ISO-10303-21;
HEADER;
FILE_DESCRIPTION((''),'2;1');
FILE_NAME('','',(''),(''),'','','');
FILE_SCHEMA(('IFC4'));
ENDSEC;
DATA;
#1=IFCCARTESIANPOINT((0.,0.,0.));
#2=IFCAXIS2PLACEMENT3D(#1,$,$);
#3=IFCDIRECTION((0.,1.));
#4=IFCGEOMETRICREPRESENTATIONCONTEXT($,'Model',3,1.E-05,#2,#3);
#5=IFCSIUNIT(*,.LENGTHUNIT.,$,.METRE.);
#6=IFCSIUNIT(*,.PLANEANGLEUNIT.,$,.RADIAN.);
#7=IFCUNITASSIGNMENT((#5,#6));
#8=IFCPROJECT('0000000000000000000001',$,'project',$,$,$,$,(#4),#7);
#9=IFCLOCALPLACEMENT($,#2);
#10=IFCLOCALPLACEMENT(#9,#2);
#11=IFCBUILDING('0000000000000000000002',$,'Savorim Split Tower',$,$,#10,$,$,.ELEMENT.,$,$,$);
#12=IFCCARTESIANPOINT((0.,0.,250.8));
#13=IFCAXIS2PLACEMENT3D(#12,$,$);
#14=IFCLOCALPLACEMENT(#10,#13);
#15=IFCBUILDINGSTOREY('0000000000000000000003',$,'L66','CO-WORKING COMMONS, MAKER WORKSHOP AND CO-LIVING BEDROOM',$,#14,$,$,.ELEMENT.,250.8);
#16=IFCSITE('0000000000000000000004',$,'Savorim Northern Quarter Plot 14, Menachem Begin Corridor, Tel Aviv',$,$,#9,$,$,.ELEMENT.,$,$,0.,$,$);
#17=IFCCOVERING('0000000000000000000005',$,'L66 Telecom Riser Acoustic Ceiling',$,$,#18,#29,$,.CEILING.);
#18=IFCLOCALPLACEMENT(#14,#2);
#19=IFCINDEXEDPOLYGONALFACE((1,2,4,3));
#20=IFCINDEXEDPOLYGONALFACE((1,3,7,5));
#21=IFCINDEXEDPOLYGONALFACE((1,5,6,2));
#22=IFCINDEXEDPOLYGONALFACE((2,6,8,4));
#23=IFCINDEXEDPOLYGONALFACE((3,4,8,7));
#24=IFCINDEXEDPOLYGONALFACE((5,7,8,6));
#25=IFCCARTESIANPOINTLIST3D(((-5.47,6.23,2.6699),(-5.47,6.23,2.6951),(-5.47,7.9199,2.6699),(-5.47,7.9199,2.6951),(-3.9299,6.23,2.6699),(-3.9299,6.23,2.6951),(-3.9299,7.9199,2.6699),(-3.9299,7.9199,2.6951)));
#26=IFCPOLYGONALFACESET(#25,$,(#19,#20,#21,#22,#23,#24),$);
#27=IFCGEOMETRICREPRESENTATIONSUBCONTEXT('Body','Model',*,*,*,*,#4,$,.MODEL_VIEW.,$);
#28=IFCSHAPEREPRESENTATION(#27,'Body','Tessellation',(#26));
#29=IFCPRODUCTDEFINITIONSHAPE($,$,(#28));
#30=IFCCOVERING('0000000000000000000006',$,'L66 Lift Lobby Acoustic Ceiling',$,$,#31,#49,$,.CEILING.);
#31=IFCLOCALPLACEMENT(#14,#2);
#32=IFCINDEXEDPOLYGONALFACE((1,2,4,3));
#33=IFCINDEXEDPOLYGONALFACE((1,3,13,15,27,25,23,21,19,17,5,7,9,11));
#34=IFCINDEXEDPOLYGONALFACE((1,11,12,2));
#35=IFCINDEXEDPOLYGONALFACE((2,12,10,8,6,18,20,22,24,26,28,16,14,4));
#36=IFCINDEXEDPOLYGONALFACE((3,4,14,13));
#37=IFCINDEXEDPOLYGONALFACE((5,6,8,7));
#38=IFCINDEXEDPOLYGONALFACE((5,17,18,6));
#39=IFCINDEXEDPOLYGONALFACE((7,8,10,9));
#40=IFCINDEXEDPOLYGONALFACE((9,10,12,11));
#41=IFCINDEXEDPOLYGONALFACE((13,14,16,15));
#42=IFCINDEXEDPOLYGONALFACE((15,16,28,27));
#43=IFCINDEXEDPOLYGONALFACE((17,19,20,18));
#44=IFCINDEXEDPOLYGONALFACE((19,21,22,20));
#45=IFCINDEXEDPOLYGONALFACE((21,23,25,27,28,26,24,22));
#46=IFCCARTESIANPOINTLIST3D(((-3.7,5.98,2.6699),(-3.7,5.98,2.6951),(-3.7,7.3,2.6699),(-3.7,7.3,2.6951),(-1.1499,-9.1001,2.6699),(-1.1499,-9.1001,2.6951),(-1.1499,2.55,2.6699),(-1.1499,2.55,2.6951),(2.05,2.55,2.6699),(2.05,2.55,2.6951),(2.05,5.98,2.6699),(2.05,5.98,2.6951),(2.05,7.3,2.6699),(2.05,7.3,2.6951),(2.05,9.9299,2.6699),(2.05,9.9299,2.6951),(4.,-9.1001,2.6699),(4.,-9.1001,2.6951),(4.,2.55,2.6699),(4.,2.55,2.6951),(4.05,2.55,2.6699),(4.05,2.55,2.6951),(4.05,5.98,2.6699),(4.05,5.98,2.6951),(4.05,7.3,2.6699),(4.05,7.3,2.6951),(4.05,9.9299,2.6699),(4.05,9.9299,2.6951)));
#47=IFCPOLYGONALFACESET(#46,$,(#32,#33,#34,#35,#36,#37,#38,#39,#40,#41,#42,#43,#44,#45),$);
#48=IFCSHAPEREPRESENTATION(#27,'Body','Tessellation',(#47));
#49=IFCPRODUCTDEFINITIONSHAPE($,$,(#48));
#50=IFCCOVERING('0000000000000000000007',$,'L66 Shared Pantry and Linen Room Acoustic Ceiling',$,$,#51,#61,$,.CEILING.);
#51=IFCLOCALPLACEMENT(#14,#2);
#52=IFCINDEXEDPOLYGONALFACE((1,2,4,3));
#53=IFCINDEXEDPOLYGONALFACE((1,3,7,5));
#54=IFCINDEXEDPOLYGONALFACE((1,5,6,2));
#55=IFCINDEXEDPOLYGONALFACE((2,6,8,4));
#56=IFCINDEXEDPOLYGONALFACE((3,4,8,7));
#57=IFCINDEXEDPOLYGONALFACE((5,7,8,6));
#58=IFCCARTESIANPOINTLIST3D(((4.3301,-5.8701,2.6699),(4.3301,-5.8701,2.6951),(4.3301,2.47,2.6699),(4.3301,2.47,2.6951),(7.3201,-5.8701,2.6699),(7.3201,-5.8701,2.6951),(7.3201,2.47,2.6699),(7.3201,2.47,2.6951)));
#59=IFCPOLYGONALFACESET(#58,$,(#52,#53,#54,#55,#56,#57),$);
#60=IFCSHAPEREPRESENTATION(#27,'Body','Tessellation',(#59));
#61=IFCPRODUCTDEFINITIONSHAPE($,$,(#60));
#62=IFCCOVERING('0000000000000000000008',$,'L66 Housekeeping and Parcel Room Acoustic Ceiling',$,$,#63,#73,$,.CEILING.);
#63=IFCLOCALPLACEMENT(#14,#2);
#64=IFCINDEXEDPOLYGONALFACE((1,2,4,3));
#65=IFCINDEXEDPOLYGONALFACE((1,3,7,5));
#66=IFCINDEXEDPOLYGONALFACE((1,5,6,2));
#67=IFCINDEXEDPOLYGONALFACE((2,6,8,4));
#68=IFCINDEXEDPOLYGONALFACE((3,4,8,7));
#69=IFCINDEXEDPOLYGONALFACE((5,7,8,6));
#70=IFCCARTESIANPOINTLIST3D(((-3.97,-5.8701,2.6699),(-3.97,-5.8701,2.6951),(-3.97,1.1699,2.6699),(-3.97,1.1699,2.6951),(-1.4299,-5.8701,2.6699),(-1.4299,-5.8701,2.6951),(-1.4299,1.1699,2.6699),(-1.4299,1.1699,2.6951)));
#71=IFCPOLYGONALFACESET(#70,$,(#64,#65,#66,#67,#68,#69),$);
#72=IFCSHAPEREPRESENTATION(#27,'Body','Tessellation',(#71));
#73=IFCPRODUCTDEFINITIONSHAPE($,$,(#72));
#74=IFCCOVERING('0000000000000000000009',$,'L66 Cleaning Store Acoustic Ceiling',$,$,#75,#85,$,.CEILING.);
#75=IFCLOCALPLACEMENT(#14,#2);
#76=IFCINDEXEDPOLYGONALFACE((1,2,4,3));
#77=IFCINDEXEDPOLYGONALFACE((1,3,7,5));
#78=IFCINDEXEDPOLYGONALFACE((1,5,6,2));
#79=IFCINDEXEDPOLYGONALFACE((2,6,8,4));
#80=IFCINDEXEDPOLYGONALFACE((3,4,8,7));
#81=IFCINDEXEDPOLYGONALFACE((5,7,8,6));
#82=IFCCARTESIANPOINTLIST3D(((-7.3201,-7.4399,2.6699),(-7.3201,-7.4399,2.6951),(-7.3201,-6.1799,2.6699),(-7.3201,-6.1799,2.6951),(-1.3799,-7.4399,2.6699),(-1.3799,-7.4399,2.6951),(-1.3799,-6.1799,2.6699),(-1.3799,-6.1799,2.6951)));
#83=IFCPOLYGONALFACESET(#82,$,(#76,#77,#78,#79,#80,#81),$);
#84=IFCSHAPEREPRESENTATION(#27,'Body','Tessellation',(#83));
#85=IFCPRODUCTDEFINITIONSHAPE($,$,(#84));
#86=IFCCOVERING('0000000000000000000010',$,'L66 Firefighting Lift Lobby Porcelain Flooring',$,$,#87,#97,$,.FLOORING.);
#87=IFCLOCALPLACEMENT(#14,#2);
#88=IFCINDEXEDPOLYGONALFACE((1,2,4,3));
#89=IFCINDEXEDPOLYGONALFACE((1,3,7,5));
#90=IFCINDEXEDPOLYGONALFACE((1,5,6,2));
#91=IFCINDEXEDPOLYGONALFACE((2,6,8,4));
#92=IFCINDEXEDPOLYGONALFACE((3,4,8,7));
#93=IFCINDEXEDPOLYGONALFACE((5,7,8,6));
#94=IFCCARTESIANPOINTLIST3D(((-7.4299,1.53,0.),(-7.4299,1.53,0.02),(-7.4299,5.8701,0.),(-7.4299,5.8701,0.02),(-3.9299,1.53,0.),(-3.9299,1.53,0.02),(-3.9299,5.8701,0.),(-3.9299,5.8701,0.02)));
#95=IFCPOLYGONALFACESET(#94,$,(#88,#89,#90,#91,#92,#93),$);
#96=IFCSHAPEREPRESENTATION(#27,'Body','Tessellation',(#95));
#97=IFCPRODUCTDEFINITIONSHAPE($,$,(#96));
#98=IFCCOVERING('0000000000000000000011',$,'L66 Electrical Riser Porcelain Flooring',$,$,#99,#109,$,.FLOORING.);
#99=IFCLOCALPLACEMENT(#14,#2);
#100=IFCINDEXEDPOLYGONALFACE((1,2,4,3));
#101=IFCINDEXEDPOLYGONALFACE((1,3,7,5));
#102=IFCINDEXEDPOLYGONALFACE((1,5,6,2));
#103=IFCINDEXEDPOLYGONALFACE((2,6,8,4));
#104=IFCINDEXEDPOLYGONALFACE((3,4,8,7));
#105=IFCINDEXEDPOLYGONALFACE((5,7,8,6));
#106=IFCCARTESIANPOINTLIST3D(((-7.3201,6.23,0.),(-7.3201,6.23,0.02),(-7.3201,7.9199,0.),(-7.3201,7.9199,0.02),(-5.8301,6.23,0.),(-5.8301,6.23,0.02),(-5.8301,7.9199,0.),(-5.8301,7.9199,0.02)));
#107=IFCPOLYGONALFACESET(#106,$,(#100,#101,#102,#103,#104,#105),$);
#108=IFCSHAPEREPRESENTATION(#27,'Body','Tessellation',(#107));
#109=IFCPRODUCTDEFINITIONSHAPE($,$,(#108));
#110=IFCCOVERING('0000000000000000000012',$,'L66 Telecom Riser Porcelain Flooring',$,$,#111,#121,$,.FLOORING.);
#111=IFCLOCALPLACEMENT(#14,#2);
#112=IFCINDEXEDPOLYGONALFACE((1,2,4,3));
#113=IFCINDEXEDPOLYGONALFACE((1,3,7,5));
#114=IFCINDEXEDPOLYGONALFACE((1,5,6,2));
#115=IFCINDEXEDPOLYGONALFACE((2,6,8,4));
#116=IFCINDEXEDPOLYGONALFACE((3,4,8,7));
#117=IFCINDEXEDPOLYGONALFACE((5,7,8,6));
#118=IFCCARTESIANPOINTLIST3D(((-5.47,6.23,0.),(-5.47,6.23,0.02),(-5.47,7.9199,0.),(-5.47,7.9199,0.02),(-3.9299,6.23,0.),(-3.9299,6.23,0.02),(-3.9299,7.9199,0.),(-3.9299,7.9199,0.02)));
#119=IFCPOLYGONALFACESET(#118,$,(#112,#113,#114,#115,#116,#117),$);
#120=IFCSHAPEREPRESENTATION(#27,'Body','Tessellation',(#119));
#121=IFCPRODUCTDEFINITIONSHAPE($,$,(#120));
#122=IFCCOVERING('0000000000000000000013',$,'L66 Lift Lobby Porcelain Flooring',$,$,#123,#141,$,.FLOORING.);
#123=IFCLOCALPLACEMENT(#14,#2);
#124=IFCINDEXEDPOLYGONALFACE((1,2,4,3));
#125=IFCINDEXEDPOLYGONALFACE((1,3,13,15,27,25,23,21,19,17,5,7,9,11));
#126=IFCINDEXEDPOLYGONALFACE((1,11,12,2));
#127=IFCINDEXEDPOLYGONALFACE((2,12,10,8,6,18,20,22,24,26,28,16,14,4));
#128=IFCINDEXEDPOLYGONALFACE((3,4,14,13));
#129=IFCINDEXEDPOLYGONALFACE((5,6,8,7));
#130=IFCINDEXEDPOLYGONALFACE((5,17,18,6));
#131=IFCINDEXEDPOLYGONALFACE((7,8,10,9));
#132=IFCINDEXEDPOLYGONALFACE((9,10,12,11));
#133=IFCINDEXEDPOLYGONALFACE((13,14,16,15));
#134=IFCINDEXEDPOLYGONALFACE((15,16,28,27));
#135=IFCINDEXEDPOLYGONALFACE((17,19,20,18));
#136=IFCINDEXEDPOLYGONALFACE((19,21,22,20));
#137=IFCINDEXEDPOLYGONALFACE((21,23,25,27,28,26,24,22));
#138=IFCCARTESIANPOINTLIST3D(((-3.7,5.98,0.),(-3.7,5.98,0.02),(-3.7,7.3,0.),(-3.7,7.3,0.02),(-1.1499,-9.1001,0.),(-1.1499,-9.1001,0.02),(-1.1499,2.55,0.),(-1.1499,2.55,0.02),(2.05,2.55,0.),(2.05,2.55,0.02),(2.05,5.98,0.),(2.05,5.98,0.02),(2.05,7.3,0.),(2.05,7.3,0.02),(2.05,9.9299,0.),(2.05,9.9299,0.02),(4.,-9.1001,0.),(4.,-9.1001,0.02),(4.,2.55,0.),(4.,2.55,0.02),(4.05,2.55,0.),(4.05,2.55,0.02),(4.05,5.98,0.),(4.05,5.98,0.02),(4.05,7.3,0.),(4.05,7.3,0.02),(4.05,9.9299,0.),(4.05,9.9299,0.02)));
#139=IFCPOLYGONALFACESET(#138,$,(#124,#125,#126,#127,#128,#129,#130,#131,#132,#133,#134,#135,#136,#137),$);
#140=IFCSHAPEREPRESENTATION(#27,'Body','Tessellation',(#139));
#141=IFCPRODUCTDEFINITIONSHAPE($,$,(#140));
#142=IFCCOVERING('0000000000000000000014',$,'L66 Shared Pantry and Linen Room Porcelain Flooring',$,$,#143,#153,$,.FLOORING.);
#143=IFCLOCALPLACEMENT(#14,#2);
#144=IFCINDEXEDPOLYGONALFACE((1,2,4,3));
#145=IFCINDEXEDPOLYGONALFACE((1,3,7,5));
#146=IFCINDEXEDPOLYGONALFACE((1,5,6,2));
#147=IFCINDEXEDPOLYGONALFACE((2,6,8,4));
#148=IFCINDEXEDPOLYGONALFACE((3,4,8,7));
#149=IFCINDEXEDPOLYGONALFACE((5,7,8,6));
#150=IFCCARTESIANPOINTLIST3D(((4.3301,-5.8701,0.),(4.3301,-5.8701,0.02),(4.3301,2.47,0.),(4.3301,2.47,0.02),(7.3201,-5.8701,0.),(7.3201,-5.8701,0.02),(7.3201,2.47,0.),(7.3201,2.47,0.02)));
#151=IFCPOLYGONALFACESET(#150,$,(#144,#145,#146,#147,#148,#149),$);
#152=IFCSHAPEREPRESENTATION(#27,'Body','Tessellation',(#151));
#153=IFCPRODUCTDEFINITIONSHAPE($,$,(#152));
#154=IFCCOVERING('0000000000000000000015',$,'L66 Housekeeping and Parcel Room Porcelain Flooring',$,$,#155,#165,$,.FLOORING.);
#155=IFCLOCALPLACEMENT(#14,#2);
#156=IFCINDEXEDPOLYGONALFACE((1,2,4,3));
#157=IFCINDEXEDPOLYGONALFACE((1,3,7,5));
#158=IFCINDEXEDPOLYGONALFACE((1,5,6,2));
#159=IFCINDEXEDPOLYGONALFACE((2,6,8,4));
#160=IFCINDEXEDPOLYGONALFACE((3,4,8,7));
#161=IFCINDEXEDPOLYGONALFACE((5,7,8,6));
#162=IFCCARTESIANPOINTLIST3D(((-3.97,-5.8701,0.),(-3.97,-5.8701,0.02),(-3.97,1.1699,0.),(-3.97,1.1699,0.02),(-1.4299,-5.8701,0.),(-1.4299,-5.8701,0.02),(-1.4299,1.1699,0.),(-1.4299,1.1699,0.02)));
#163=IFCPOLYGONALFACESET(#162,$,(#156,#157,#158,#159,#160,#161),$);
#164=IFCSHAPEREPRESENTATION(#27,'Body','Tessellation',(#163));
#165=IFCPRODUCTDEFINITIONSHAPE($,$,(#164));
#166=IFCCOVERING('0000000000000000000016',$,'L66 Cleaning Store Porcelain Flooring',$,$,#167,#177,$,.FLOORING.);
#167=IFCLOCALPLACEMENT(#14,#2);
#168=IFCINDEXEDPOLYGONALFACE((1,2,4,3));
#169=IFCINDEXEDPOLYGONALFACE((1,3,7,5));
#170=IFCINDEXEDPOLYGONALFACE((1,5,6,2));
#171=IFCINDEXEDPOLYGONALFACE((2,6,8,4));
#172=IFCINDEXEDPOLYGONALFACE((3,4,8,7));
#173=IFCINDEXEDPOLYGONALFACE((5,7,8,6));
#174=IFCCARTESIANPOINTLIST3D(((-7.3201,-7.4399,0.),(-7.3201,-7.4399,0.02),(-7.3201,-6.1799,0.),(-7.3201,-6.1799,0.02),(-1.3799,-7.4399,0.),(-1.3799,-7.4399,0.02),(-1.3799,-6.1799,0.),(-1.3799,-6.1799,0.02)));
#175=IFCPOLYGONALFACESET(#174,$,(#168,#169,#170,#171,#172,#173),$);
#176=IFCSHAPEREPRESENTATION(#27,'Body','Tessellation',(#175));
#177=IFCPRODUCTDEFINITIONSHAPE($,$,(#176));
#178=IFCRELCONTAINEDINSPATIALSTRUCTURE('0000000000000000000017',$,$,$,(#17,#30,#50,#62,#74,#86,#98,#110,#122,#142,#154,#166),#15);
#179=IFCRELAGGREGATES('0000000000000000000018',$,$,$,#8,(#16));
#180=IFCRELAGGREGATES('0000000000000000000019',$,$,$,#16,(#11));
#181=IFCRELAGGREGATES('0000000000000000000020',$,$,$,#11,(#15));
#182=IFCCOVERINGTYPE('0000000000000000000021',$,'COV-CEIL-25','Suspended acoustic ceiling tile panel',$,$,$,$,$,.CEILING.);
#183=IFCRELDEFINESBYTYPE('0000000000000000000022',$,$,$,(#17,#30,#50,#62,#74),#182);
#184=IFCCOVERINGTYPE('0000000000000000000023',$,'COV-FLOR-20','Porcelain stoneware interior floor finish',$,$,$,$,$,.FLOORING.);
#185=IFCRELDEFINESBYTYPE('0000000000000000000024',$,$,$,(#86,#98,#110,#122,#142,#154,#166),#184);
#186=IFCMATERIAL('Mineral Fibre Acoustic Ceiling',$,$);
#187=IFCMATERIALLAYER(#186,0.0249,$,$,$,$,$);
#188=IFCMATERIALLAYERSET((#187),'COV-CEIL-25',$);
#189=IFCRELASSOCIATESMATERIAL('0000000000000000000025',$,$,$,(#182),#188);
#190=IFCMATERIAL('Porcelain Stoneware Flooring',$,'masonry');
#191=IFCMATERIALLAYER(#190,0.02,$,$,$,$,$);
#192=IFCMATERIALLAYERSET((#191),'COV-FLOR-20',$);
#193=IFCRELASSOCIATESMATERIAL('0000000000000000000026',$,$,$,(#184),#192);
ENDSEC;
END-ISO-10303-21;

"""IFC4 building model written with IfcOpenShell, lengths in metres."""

from ifc_helpers import new_model, si_unit, direction, frame, origin, place, context, subcontext, project, spatial, polyline, outline, extrude, material, layer, layer_set, type_object, element, save


model = new_model("IFC4")

# Units and contexts
model_context = context("Model", 3, precision=1e-05, world=origin(), true_north=direction((0.0, 1.0)))
body_context = subcontext(model_context, "Body", "Model", "MODEL_VIEW")
ifc_project = project(units=[si_unit("LENGTHUNIT", "METRE"), si_unit("PLANEANGLEUNIT", "RADIAN")], contexts=[model_context])

# Site, building, storey
site_placement = place(None, origin())
site = spatial("IfcSite", under=ifc_project, at=site_placement, Name="Savorim Northern Quarter Plot 14, Menachem Begin Corridor, Tel Aviv", CompositionType="ELEMENT", RefElevation=0.0)
building_placement = place(site_placement, origin())
building = spatial("IfcBuilding", under=site, at=building_placement, Name="Savorim Split Tower", CompositionType="ELEMENT")
storey_placement = place(building_placement, frame((0.0, 0.0, 250.8)))
storey = spatial("IfcBuildingStorey", under=building, at=storey_placement, Name="L66", Description="CO-WORKING COMMONS, MAKER WORKSHOP AND CO-LIVING BEDROOM", CompositionType="ELEMENT", Elevation=250.8)

# Coverings
ifc_material_1 = material(Name="Mineral Fibre Acoustic Ceiling")
ifc_layer_1 = layer(ifc_material_1, 0.0249)
ifc_layer_set_1 = layer_set([ifc_layer_1], Name="COV-CEIL-25")
covering_type_1 = type_object("IfcCoveringType", Name="COV-CEIL-25", Description="Suspended acoustic ceiling tile panel", PredefinedType="CEILING", material=ifc_layer_set_1)
covering_1_placement = place(storey_placement, frame((0.0, 0.0, 2.6699)))
element("IfcCovering", 1, at=covering_1_placement, inside=storey, type_object=covering_type_1, Name="L66 Telecom Riser Acoustic Ceiling", PredefinedType="CEILING", context=body_context, shape_type="SweptSolid", body=[
    extrude(outline(polyline([(-5.47, 7.9199), (-5.47, 6.23), (-3.9299, 6.23), (-3.9299, 7.9199), (-5.47, 7.9199)])), origin(), (0.0, 0.0, 1.0), 0.0251),
])
covering_2_placement = place(storey_placement, frame((0.0, 0.0, 2.6699)))
element("IfcCovering", 2, at=covering_2_placement, inside=storey, type_object=covering_type_1, Name="L66 Lift Lobby Acoustic Ceiling", PredefinedType="CEILING", context=body_context, shape_type="SweptSolid", body=[
    extrude(outline(polyline([(2.05, 2.55), (-1.1499, 2.55), (-1.1499, -9.1001), (4.0, -9.1001), (4.0, 2.55), (4.05, 2.55), (4.05, 5.98), (4.05, 7.3), (4.05, 9.9299), (2.05, 9.9299), (2.05, 7.3), (-3.7, 7.3), (-3.7, 5.98), (2.05, 5.98), (2.05, 2.55)])), origin(), (0.0, 0.0, 1.0), 0.0251),
])
covering_3_placement = place(storey_placement, frame((0.0, 0.0, 2.6699)))
element("IfcCovering", 3, at=covering_3_placement, inside=storey, type_object=covering_type_1, Name="L66 Shared Pantry and Linen Room Acoustic Ceiling", PredefinedType="CEILING", context=body_context, shape_type="SweptSolid", body=[
    extrude(outline(polyline([(4.3301, 2.47), (4.3301, -5.8701), (7.3201, -5.8701), (7.3201, 2.47), (4.3301, 2.47)])), origin(), (0.0, 0.0, 1.0), 0.0251),
])
covering_4_placement = place(storey_placement, frame((0.0, 0.0, 2.6699)))
element("IfcCovering", 4, at=covering_4_placement, inside=storey, type_object=covering_type_1, Name="L66 Housekeeping and Parcel Room Acoustic Ceiling", PredefinedType="CEILING", context=body_context, shape_type="SweptSolid", body=[
    extrude(outline(polyline([(-3.97, 1.1699), (-3.97, -5.8701), (-1.4299, -5.8701), (-1.4299, 1.1699), (-3.97, 1.1699)])), origin(), (0.0, 0.0, 1.0), 0.0251),
])
covering_5_placement = place(storey_placement, frame((0.0, 0.0, 2.6699)))
element("IfcCovering", 5, at=covering_5_placement, inside=storey, type_object=covering_type_1, Name="L66 Cleaning Store Acoustic Ceiling", PredefinedType="CEILING", context=body_context, shape_type="SweptSolid", body=[
    extrude(outline(polyline([(-7.3201, -6.1799), (-7.3201, -7.4399), (-1.3799, -7.4399), (-1.3799, -6.1799), (-7.3201, -6.1799)])), origin(), (0.0, 0.0, 1.0), 0.0251),
])
ifc_material_2 = material(Name="Porcelain Stoneware Flooring", Category="masonry")
ifc_layer_2 = layer(ifc_material_2, 0.02)
ifc_layer_set_2 = layer_set([ifc_layer_2], Name="COV-FLOR-20")
covering_type_2 = type_object("IfcCoveringType", Name="COV-FLOR-20", Description="Porcelain stoneware interior floor finish", PredefinedType="FLOORING", material=ifc_layer_set_2)
covering_6_placement = place(storey_placement, origin())
element("IfcCovering", 6, at=covering_6_placement, inside=storey, type_object=covering_type_2, Name="L66 Firefighting Lift Lobby Porcelain Flooring", PredefinedType="FLOORING", context=body_context, shape_type="SweptSolid", body=[
    extrude(outline(polyline([(-7.4299, 5.8701), (-7.4299, 1.53), (-3.9299, 1.53), (-3.9299, 5.8701), (-7.4299, 5.8701)])), origin(), (0.0, 0.0, 1.0), 0.02),
])
covering_7_placement = place(storey_placement, origin())
element("IfcCovering", 7, at=covering_7_placement, inside=storey, type_object=covering_type_2, Name="L66 Electrical Riser Porcelain Flooring", PredefinedType="FLOORING", context=body_context, shape_type="SweptSolid", body=[
    extrude(outline(polyline([(-7.3201, 7.9199), (-7.3201, 6.23), (-5.8301, 6.23), (-5.8301, 7.9199), (-7.3201, 7.9199)])), origin(), (0.0, 0.0, 1.0), 0.02),
])
covering_8_placement = place(storey_placement, origin())
element("IfcCovering", 8, at=covering_8_placement, inside=storey, type_object=covering_type_2, Name="L66 Telecom Riser Porcelain Flooring", PredefinedType="FLOORING", context=body_context, shape_type="SweptSolid", body=[
    extrude(outline(polyline([(-5.47, 7.9199), (-5.47, 6.23), (-3.9299, 6.23), (-3.9299, 7.9199), (-5.47, 7.9199)])), origin(), (0.0, 0.0, 1.0), 0.02),
])
covering_9_placement = place(storey_placement, origin())
element("IfcCovering", 9, at=covering_9_placement, inside=storey, type_object=covering_type_2, Name="L66 Lift Lobby Porcelain Flooring", PredefinedType="FLOORING", context=body_context, shape_type="SweptSolid", body=[
    extrude(outline(polyline([(2.05, 2.55), (-1.1499, 2.55), (-1.1499, -9.1001), (4.0, -9.1001), (4.0, 2.55), (4.05, 2.55), (4.05, 5.98), (4.05, 7.3), (4.05, 9.9299), (2.05, 9.9299), (2.05, 7.3), (-3.7, 7.3), (-3.7, 5.98), (2.05, 5.98), (2.05, 2.55)])), origin(), (0.0, 0.0, 1.0), 0.02),
])
covering_10_placement = place(storey_placement, origin())
element("IfcCovering", 10, at=covering_10_placement, inside=storey, type_object=covering_type_2, Name="L66 Shared Pantry and Linen Room Porcelain Flooring", PredefinedType="FLOORING", context=body_context, shape_type="SweptSolid", body=[
    extrude(outline(polyline([(4.3301, 2.47), (4.3301, -5.8701), (7.3201, -5.8701), (7.3201, 2.47), (4.3301, 2.47)])), origin(), (0.0, 0.0, 1.0), 0.02),
])
covering_11_placement = place(storey_placement, origin())
element("IfcCovering", 11, at=covering_11_placement, inside=storey, type_object=covering_type_2, Name="L66 Housekeeping and Parcel Room Porcelain Flooring", PredefinedType="FLOORING", context=body_context, shape_type="SweptSolid", body=[
    extrude(outline(polyline([(-3.97, 1.1699), (-3.97, -5.8701), (-1.4299, -5.8701), (-1.4299, 1.1699), (-3.97, 1.1699)])), origin(), (0.0, 0.0, 1.0), 0.02),
])
covering_12_placement = place(storey_placement, origin())
element("IfcCovering", 12, at=covering_12_placement, inside=storey, type_object=covering_type_2, Name="L66 Cleaning Store Porcelain Flooring", PredefinedType="FLOORING", context=body_context, shape_type="SweptSolid", body=[
    extrude(outline(polyline([(-7.3201, -6.1799), (-7.3201, -7.4399), (-1.3799, -7.4399), (-1.3799, -6.1799), (-7.3201, -6.1799)])), origin(), (0.0, 0.0, 1.0), 0.02),
])

save(model, "model.ifc")
